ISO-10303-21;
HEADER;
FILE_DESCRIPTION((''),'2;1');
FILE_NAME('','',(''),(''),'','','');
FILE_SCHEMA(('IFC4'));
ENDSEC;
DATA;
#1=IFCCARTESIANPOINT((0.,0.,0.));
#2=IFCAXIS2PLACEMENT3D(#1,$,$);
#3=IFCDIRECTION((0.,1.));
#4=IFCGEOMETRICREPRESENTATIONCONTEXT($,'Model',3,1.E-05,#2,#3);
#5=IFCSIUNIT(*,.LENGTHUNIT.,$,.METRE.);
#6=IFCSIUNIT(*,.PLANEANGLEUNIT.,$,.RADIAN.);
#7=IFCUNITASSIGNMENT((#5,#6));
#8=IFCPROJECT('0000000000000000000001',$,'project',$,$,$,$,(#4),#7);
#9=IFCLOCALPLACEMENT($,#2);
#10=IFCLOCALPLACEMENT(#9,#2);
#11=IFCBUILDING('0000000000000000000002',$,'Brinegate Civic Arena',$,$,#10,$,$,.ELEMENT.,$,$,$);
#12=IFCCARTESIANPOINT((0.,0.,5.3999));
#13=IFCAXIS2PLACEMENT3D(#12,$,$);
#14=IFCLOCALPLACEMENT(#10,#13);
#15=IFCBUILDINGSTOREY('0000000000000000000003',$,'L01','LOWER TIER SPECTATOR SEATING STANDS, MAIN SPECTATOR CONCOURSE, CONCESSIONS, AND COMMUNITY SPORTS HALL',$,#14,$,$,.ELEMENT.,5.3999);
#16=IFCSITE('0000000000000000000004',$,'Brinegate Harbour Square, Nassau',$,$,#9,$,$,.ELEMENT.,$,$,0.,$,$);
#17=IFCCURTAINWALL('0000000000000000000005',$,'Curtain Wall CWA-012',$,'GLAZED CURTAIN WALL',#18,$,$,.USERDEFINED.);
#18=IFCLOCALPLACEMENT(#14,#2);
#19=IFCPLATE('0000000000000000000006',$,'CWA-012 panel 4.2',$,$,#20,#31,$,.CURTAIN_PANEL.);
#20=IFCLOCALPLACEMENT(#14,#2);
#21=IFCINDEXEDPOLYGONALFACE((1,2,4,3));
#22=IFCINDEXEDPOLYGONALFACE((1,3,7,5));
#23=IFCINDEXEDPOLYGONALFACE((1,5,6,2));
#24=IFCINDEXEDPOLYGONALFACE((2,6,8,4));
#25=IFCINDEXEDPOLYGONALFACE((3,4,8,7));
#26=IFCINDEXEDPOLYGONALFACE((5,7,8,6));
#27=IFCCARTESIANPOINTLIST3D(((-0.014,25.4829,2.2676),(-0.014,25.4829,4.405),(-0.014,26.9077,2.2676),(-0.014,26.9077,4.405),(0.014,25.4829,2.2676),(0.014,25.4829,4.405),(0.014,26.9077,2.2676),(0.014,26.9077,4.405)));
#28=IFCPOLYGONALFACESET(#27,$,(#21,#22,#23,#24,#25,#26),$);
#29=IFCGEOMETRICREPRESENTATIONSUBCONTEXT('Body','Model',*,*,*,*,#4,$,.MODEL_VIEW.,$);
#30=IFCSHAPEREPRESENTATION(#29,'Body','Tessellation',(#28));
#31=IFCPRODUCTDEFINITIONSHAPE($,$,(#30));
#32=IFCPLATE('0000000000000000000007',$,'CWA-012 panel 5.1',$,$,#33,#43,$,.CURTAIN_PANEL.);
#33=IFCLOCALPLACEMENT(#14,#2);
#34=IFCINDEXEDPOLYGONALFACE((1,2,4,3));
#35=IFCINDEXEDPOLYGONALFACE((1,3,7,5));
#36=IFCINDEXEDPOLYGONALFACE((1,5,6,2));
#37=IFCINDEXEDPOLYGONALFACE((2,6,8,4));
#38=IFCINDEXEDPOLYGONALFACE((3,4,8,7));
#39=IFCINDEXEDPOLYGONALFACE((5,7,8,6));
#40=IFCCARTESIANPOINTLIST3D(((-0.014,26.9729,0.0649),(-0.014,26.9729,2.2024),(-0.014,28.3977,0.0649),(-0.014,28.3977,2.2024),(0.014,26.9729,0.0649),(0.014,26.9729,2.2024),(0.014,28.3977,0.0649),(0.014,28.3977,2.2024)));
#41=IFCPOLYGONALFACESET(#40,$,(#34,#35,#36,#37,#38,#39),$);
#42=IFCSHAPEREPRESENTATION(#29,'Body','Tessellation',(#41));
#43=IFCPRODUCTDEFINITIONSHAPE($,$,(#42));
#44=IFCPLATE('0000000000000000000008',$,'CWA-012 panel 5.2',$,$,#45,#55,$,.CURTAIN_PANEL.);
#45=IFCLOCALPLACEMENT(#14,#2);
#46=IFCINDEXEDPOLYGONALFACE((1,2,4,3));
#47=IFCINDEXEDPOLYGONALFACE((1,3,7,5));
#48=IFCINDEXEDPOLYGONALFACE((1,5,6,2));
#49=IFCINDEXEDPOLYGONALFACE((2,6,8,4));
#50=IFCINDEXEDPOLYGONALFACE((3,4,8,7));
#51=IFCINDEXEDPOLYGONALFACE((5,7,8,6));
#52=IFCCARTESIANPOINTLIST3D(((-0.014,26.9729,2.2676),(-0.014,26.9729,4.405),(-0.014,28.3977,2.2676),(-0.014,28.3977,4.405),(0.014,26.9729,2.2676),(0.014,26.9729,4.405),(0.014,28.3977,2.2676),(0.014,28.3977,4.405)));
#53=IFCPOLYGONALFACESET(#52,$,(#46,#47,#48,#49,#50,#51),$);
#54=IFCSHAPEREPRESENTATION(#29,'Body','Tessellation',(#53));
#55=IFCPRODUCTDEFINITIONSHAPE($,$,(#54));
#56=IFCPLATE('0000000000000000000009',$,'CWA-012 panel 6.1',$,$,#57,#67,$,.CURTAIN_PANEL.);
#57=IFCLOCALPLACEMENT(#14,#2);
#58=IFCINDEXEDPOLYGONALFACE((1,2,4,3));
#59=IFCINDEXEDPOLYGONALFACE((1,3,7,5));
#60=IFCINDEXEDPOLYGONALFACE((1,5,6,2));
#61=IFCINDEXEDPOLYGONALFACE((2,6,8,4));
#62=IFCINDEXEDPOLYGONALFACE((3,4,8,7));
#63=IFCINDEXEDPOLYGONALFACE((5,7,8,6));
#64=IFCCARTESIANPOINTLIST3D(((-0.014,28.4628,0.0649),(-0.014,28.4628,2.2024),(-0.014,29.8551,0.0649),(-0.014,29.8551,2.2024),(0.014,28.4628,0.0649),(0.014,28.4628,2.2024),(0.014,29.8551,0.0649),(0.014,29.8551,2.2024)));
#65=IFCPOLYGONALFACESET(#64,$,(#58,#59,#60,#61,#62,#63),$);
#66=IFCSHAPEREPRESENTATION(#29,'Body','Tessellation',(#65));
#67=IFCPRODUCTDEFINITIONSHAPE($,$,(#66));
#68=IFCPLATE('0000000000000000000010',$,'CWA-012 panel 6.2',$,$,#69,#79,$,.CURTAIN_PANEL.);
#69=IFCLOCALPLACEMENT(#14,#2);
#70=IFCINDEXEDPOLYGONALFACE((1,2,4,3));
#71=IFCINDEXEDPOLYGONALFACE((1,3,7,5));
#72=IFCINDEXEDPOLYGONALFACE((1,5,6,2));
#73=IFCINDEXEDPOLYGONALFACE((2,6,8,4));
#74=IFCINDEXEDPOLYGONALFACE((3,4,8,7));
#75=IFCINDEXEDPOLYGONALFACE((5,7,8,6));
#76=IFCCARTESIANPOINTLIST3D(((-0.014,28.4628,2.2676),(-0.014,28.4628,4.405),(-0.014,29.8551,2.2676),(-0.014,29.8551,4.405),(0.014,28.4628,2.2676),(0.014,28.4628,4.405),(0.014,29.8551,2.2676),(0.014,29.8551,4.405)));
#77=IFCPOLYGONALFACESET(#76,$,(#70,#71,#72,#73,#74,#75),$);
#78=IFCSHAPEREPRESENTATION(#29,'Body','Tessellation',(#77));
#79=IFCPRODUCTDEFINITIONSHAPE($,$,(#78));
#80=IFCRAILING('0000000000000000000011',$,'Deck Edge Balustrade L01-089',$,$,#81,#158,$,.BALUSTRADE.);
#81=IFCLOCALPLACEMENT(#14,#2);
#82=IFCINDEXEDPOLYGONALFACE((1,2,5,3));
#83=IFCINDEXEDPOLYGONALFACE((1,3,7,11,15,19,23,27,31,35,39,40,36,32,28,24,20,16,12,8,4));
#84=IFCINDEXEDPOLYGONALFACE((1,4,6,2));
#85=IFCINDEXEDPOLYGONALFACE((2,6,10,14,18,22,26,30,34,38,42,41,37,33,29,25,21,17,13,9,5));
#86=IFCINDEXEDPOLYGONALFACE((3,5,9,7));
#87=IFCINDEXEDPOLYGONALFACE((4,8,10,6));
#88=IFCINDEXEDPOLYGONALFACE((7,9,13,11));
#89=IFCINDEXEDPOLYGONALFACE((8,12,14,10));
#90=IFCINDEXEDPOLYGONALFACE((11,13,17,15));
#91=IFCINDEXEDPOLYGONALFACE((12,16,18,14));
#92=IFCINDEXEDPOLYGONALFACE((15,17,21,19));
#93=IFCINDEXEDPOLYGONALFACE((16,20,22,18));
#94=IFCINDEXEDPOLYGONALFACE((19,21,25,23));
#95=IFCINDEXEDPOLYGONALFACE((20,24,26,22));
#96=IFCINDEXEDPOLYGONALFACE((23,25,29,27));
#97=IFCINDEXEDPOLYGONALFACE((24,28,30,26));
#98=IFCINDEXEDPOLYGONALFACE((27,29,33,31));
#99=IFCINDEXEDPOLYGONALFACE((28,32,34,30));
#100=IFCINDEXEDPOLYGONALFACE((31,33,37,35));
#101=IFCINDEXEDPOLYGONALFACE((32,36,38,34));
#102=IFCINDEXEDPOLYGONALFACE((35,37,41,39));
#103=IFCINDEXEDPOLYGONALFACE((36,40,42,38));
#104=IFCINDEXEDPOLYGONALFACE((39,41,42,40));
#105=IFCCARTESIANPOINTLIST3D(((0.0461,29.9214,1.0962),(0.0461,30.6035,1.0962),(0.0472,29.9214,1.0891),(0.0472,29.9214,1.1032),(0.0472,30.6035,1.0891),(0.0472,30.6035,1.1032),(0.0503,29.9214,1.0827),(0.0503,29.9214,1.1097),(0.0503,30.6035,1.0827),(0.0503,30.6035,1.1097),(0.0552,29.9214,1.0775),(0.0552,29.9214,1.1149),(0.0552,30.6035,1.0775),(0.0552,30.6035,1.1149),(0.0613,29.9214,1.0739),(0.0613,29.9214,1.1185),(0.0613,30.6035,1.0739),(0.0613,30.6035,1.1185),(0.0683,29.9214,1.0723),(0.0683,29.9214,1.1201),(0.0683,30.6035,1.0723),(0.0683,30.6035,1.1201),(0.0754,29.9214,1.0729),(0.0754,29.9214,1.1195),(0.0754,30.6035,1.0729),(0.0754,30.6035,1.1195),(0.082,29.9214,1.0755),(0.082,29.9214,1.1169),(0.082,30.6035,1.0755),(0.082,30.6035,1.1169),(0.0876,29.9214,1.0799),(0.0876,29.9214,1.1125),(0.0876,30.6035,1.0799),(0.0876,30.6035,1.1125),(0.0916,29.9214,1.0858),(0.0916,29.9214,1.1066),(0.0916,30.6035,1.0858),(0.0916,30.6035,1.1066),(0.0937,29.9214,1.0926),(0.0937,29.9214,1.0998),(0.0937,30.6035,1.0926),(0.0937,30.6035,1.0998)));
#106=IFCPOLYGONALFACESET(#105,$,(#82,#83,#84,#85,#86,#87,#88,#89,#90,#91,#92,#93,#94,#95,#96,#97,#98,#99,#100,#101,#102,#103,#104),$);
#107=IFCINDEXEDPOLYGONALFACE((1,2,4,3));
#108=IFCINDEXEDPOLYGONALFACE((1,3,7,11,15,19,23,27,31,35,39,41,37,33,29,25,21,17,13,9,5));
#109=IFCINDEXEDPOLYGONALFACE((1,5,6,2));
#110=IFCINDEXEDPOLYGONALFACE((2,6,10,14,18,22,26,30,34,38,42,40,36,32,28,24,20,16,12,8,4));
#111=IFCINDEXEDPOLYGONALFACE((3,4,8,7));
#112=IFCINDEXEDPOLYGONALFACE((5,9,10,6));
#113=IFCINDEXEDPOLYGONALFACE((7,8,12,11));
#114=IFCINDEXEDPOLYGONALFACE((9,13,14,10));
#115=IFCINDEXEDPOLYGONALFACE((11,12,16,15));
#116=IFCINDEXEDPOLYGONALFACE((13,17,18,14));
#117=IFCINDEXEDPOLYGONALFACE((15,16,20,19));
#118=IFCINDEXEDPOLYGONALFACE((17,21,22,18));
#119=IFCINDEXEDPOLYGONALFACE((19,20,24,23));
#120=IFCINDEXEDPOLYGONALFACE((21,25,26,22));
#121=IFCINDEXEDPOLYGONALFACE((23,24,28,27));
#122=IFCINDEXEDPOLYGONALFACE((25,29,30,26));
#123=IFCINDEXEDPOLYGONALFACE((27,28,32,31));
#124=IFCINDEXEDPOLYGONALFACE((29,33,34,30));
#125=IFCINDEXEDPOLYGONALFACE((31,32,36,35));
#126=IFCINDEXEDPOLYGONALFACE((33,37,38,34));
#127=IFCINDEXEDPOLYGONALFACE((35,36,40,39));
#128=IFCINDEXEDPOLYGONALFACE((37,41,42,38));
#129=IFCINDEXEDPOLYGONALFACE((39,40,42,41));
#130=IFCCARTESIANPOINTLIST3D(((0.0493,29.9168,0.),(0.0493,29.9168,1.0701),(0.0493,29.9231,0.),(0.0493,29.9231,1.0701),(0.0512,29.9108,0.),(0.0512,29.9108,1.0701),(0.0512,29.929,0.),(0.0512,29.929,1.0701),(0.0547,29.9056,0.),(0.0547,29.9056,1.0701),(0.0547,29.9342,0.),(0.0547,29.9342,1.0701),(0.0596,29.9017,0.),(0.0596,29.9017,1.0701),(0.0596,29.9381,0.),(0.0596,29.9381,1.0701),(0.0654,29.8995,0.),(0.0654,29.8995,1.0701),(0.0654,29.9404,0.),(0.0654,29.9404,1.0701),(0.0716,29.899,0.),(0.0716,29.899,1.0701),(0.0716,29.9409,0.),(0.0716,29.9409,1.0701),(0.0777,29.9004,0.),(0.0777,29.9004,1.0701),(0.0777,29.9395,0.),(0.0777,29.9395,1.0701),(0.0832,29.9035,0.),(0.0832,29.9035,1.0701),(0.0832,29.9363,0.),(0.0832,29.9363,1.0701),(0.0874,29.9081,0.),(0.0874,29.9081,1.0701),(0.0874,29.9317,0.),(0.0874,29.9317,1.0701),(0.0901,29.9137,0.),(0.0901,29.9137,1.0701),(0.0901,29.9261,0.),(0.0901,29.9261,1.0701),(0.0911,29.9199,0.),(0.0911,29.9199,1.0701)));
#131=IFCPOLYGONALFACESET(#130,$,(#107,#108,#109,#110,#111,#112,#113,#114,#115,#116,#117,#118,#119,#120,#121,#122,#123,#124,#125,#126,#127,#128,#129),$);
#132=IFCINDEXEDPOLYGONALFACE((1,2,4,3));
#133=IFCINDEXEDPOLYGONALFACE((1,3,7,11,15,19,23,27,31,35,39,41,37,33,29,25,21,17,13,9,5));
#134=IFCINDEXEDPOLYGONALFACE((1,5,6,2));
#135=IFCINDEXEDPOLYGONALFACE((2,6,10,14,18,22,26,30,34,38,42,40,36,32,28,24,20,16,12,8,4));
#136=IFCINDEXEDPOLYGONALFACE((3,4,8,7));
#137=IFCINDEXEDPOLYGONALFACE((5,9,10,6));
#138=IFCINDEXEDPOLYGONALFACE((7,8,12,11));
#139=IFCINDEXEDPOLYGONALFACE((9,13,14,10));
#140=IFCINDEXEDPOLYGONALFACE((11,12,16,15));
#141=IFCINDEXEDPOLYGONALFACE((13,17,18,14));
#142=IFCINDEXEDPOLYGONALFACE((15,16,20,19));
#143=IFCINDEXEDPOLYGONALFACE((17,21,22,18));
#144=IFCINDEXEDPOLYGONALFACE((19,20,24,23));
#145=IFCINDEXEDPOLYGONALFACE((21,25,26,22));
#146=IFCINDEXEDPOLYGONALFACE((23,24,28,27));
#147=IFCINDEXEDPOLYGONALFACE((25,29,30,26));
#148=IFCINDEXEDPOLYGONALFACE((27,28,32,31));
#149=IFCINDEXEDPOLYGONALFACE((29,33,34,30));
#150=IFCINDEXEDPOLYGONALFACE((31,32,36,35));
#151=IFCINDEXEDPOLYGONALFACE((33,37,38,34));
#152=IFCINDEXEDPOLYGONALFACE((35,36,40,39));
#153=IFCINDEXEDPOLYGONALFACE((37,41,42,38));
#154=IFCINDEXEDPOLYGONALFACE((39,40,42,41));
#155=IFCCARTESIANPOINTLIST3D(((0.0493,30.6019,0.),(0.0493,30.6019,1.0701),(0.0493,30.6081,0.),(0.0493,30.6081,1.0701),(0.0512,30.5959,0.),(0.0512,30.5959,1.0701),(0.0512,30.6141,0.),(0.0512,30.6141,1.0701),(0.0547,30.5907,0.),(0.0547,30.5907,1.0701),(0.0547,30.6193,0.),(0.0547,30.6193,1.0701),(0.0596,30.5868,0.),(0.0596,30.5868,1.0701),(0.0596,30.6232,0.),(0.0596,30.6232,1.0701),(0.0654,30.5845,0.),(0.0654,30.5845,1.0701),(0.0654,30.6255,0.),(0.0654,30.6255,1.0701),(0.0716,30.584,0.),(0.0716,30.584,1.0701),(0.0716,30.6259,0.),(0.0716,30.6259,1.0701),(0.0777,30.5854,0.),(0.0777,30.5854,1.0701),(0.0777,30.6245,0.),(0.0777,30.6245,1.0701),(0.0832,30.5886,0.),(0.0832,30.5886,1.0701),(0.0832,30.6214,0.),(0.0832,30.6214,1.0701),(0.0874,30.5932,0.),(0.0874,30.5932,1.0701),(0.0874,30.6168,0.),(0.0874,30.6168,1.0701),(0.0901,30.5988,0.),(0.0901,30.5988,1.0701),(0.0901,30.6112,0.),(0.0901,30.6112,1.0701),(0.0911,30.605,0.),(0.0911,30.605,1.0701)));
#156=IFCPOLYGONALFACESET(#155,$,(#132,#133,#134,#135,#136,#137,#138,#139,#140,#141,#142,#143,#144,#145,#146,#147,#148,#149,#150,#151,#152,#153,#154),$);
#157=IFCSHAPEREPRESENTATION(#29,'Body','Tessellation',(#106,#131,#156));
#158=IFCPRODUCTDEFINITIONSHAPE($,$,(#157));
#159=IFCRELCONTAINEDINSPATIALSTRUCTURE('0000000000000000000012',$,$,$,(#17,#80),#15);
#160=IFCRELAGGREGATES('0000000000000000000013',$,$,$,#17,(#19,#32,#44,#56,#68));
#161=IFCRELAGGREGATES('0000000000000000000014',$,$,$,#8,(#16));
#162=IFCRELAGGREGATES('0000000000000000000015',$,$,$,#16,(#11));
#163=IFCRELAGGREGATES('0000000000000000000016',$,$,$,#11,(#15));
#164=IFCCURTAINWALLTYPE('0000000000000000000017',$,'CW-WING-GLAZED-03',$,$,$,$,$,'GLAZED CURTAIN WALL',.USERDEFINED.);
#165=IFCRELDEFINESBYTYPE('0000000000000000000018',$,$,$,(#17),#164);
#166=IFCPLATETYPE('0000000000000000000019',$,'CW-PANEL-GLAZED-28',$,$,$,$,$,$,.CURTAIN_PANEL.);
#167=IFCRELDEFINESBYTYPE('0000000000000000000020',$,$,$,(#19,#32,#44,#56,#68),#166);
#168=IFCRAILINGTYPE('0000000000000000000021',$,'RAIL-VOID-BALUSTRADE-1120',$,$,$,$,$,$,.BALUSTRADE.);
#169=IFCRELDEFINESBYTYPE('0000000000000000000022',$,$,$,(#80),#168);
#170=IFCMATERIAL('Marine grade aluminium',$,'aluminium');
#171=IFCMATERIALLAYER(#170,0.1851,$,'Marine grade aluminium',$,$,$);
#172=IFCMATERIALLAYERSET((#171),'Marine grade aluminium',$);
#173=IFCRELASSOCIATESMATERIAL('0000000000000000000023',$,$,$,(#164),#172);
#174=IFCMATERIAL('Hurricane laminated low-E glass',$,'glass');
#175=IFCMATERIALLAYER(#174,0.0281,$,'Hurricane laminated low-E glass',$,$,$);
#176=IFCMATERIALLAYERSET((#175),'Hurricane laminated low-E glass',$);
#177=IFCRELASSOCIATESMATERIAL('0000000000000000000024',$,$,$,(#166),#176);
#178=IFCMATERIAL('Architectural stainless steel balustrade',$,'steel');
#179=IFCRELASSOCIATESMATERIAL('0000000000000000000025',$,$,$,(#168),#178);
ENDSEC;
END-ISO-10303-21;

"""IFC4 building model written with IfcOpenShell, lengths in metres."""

from ifc_helpers import new_model, si_unit, direction, frame, origin, origin_2d, place, context, subcontext, project, spatial, rectangle, circle, extrude, material, layer, layer_set, type_object, element, aggregate, save


model = new_model("IFC4")

# Units and contexts
model_context = context("Model", 3, precision=1e-05, world=origin(), true_north=direction((0.0, 1.0)))
body_context = subcontext(model_context, "Body", "Model", "MODEL_VIEW")
ifc_project = project(units=[si_unit("LENGTHUNIT", "METRE"), si_unit("PLANEANGLEUNIT", "RADIAN")], contexts=[model_context])

# Site, building, storey
site_placement = place(None, origin())
site = spatial("IfcSite", under=ifc_project, at=site_placement, Name="Brinegate Harbour Square, Nassau", CompositionType="ELEMENT", RefElevation=0.0)
building_placement = place(site_placement, origin())
building = spatial("IfcBuilding", under=site, at=building_placement, Name="Brinegate Civic Arena", CompositionType="ELEMENT")
storey_placement = place(building_placement, frame((0.0, 0.0, 5.3999)))
storey = spatial("IfcBuildingStorey", under=building, at=storey_placement, Name="L01", Description="LOWER TIER SPECTATOR SEATING STANDS, MAIN SPECTATOR CONCOURSE, CONCESSIONS, AND COMMUNITY SPORTS HALL", CompositionType="ELEMENT", Elevation=5.3999)

# Curtain wall
ifc_material_1 = material(Name="Marine grade aluminium", Category="aluminium")
ifc_layer_1 = layer(ifc_material_1, 0.1851, Name="Marine grade aluminium")
ifc_layer_set_1 = layer_set([ifc_layer_1], Name="Marine grade aluminium")
curtain_wall_type = type_object("IfcCurtainWallType", Name="CW-WING-GLAZED-03", ElementType="GLAZED CURTAIN WALL", PredefinedType="USERDEFINED", material=ifc_layer_set_1)
curtain_wall_1_placement = place(storey_placement, origin())
curtain_wall_1 = element("IfcCurtainWall", 1, at=curtain_wall_1_placement, inside=storey, type_object=curtain_wall_type, Name="Curtain Wall CWA-012", ObjectType="GLAZED CURTAIN WALL", PredefinedType="USERDEFINED")

# Plates
ifc_material_2 = material(Name="Hurricane laminated low-E glass", Category="glass")
ifc_layer_2 = layer(ifc_material_2, 0.0281, Name="Hurricane laminated low-E glass")
ifc_layer_set_2 = layer_set([ifc_layer_2], Name="Hurricane laminated low-E glass")
plate_type = type_object("IfcPlateType", Name="CW-PANEL-GLAZED-28", PredefinedType="CURTAIN_PANEL", material=ifc_layer_set_2)
plate_1_placement = place(storey_placement, frame((0.0, 26.1953, 2.2676), z_axis=(0.0, 0.0, 1.0), x_axis=(0.0, 1.0, 0.0)))
plate_1 = element("IfcPlate", 2, at=plate_1_placement, type_object=plate_type, Name="CWA-012 panel 4.2", PredefinedType="CURTAIN_PANEL", context=body_context, shape_type="SweptSolid", body=[
    extrude(rectangle(XDim=1.4248, YDim=0.0281, at=origin_2d()), origin(), (0.0, 0.0, 1.0), 2.1375),
])
plate_2_placement = place(storey_placement, frame((0.0, 27.6853, 0.0649), z_axis=(0.0, 0.0, 1.0), x_axis=(0.0, 1.0, 0.0)))
plate_2 = element("IfcPlate", 3, at=plate_2_placement, type_object=plate_type, Name="CWA-012 panel 5.1", PredefinedType="CURTAIN_PANEL", context=body_context, shape_type="SweptSolid", body=[
    extrude(rectangle(XDim=1.4248, YDim=0.0281, at=origin_2d()), origin(), (0.0, 0.0, 1.0), 2.1375),
])
plate_3_placement = place(storey_placement, frame((0.0, 27.6853, 2.2676), z_axis=(0.0, 0.0, 1.0), x_axis=(0.0, 1.0, 0.0)))
plate_3 = element("IfcPlate", 4, at=plate_3_placement, type_object=plate_type, Name="CWA-012 panel 5.2", PredefinedType="CURTAIN_PANEL", context=body_context, shape_type="SweptSolid", body=[
    extrude(rectangle(XDim=1.4248, YDim=0.0281, at=origin_2d()), origin(), (0.0, 0.0, 1.0), 2.1375),
])
plate_4_placement = place(storey_placement, frame((0.0, 29.1589, 0.0649), z_axis=(0.0, 0.0, 1.0), x_axis=(0.0, 1.0, 0.0)))
plate_4 = element("IfcPlate", 5, at=plate_4_placement, type_object=plate_type, Name="CWA-012 panel 6.1", PredefinedType="CURTAIN_PANEL", context=body_context, shape_type="SweptSolid", body=[
    extrude(rectangle(XDim=1.3923, YDim=0.0281, at=origin_2d()), origin(), (0.0, 0.0, 1.0), 2.1375),
])
plate_5_placement = place(storey_placement, frame((0.0, 29.1589, 2.2676), z_axis=(0.0, 0.0, 1.0), x_axis=(0.0, 1.0, 0.0)))
plate_5 = element("IfcPlate", 6, at=plate_5_placement, type_object=plate_type, Name="CWA-012 panel 6.2", PredefinedType="CURTAIN_PANEL", context=body_context, shape_type="SweptSolid", body=[
    extrude(rectangle(XDim=1.3923, YDim=0.0281, at=origin_2d()), origin(), (0.0, 0.0, 1.0), 2.1375),
])
aggregate(curtain_wall_1, [plate_1, plate_2, plate_3, plate_4, plate_5])

# Railing
ifc_material_3 = material(Name="Architectural stainless steel balustrade", Category="steel")
railing_type = type_object("IfcRailingType", Name="RAIL-VOID-BALUSTRADE-1120", PredefinedType="BALUSTRADE", material=ifc_material_3)
for number, where, name in (
    (7, (0.0701, 29.9199, 0.0), "Deck Edge Balustrade L01-089"),
):
    element("IfcRailing", number, at=place(storey_placement, frame(where)), inside=storey, type_object=railing_type, Name=name, PredefinedType="BALUSTRADE", context=body_context, shape_type="SweptSolid", body=[
        extrude(circle(Radius=0.0239, at=origin_2d()), frame((0.0, 0.0015, 1.0962), z_axis=(0.0, 1.0, 0.0), x_axis=(-1.0, 0.0, 0.0)), (0.0, 0.0, 1.0), 0.6821),
        extrude(circle(Radius=0.021, at=origin_2d()), origin(), (0.0, 0.0, 1.0), 1.0701),
        extrude(circle(Radius=0.021, at=origin_2d()), frame((0.0, 0.6851, 0.0)), (0.0, 0.0, 1.0), 1.0701),
    ])

save(model, "model.ifc")
